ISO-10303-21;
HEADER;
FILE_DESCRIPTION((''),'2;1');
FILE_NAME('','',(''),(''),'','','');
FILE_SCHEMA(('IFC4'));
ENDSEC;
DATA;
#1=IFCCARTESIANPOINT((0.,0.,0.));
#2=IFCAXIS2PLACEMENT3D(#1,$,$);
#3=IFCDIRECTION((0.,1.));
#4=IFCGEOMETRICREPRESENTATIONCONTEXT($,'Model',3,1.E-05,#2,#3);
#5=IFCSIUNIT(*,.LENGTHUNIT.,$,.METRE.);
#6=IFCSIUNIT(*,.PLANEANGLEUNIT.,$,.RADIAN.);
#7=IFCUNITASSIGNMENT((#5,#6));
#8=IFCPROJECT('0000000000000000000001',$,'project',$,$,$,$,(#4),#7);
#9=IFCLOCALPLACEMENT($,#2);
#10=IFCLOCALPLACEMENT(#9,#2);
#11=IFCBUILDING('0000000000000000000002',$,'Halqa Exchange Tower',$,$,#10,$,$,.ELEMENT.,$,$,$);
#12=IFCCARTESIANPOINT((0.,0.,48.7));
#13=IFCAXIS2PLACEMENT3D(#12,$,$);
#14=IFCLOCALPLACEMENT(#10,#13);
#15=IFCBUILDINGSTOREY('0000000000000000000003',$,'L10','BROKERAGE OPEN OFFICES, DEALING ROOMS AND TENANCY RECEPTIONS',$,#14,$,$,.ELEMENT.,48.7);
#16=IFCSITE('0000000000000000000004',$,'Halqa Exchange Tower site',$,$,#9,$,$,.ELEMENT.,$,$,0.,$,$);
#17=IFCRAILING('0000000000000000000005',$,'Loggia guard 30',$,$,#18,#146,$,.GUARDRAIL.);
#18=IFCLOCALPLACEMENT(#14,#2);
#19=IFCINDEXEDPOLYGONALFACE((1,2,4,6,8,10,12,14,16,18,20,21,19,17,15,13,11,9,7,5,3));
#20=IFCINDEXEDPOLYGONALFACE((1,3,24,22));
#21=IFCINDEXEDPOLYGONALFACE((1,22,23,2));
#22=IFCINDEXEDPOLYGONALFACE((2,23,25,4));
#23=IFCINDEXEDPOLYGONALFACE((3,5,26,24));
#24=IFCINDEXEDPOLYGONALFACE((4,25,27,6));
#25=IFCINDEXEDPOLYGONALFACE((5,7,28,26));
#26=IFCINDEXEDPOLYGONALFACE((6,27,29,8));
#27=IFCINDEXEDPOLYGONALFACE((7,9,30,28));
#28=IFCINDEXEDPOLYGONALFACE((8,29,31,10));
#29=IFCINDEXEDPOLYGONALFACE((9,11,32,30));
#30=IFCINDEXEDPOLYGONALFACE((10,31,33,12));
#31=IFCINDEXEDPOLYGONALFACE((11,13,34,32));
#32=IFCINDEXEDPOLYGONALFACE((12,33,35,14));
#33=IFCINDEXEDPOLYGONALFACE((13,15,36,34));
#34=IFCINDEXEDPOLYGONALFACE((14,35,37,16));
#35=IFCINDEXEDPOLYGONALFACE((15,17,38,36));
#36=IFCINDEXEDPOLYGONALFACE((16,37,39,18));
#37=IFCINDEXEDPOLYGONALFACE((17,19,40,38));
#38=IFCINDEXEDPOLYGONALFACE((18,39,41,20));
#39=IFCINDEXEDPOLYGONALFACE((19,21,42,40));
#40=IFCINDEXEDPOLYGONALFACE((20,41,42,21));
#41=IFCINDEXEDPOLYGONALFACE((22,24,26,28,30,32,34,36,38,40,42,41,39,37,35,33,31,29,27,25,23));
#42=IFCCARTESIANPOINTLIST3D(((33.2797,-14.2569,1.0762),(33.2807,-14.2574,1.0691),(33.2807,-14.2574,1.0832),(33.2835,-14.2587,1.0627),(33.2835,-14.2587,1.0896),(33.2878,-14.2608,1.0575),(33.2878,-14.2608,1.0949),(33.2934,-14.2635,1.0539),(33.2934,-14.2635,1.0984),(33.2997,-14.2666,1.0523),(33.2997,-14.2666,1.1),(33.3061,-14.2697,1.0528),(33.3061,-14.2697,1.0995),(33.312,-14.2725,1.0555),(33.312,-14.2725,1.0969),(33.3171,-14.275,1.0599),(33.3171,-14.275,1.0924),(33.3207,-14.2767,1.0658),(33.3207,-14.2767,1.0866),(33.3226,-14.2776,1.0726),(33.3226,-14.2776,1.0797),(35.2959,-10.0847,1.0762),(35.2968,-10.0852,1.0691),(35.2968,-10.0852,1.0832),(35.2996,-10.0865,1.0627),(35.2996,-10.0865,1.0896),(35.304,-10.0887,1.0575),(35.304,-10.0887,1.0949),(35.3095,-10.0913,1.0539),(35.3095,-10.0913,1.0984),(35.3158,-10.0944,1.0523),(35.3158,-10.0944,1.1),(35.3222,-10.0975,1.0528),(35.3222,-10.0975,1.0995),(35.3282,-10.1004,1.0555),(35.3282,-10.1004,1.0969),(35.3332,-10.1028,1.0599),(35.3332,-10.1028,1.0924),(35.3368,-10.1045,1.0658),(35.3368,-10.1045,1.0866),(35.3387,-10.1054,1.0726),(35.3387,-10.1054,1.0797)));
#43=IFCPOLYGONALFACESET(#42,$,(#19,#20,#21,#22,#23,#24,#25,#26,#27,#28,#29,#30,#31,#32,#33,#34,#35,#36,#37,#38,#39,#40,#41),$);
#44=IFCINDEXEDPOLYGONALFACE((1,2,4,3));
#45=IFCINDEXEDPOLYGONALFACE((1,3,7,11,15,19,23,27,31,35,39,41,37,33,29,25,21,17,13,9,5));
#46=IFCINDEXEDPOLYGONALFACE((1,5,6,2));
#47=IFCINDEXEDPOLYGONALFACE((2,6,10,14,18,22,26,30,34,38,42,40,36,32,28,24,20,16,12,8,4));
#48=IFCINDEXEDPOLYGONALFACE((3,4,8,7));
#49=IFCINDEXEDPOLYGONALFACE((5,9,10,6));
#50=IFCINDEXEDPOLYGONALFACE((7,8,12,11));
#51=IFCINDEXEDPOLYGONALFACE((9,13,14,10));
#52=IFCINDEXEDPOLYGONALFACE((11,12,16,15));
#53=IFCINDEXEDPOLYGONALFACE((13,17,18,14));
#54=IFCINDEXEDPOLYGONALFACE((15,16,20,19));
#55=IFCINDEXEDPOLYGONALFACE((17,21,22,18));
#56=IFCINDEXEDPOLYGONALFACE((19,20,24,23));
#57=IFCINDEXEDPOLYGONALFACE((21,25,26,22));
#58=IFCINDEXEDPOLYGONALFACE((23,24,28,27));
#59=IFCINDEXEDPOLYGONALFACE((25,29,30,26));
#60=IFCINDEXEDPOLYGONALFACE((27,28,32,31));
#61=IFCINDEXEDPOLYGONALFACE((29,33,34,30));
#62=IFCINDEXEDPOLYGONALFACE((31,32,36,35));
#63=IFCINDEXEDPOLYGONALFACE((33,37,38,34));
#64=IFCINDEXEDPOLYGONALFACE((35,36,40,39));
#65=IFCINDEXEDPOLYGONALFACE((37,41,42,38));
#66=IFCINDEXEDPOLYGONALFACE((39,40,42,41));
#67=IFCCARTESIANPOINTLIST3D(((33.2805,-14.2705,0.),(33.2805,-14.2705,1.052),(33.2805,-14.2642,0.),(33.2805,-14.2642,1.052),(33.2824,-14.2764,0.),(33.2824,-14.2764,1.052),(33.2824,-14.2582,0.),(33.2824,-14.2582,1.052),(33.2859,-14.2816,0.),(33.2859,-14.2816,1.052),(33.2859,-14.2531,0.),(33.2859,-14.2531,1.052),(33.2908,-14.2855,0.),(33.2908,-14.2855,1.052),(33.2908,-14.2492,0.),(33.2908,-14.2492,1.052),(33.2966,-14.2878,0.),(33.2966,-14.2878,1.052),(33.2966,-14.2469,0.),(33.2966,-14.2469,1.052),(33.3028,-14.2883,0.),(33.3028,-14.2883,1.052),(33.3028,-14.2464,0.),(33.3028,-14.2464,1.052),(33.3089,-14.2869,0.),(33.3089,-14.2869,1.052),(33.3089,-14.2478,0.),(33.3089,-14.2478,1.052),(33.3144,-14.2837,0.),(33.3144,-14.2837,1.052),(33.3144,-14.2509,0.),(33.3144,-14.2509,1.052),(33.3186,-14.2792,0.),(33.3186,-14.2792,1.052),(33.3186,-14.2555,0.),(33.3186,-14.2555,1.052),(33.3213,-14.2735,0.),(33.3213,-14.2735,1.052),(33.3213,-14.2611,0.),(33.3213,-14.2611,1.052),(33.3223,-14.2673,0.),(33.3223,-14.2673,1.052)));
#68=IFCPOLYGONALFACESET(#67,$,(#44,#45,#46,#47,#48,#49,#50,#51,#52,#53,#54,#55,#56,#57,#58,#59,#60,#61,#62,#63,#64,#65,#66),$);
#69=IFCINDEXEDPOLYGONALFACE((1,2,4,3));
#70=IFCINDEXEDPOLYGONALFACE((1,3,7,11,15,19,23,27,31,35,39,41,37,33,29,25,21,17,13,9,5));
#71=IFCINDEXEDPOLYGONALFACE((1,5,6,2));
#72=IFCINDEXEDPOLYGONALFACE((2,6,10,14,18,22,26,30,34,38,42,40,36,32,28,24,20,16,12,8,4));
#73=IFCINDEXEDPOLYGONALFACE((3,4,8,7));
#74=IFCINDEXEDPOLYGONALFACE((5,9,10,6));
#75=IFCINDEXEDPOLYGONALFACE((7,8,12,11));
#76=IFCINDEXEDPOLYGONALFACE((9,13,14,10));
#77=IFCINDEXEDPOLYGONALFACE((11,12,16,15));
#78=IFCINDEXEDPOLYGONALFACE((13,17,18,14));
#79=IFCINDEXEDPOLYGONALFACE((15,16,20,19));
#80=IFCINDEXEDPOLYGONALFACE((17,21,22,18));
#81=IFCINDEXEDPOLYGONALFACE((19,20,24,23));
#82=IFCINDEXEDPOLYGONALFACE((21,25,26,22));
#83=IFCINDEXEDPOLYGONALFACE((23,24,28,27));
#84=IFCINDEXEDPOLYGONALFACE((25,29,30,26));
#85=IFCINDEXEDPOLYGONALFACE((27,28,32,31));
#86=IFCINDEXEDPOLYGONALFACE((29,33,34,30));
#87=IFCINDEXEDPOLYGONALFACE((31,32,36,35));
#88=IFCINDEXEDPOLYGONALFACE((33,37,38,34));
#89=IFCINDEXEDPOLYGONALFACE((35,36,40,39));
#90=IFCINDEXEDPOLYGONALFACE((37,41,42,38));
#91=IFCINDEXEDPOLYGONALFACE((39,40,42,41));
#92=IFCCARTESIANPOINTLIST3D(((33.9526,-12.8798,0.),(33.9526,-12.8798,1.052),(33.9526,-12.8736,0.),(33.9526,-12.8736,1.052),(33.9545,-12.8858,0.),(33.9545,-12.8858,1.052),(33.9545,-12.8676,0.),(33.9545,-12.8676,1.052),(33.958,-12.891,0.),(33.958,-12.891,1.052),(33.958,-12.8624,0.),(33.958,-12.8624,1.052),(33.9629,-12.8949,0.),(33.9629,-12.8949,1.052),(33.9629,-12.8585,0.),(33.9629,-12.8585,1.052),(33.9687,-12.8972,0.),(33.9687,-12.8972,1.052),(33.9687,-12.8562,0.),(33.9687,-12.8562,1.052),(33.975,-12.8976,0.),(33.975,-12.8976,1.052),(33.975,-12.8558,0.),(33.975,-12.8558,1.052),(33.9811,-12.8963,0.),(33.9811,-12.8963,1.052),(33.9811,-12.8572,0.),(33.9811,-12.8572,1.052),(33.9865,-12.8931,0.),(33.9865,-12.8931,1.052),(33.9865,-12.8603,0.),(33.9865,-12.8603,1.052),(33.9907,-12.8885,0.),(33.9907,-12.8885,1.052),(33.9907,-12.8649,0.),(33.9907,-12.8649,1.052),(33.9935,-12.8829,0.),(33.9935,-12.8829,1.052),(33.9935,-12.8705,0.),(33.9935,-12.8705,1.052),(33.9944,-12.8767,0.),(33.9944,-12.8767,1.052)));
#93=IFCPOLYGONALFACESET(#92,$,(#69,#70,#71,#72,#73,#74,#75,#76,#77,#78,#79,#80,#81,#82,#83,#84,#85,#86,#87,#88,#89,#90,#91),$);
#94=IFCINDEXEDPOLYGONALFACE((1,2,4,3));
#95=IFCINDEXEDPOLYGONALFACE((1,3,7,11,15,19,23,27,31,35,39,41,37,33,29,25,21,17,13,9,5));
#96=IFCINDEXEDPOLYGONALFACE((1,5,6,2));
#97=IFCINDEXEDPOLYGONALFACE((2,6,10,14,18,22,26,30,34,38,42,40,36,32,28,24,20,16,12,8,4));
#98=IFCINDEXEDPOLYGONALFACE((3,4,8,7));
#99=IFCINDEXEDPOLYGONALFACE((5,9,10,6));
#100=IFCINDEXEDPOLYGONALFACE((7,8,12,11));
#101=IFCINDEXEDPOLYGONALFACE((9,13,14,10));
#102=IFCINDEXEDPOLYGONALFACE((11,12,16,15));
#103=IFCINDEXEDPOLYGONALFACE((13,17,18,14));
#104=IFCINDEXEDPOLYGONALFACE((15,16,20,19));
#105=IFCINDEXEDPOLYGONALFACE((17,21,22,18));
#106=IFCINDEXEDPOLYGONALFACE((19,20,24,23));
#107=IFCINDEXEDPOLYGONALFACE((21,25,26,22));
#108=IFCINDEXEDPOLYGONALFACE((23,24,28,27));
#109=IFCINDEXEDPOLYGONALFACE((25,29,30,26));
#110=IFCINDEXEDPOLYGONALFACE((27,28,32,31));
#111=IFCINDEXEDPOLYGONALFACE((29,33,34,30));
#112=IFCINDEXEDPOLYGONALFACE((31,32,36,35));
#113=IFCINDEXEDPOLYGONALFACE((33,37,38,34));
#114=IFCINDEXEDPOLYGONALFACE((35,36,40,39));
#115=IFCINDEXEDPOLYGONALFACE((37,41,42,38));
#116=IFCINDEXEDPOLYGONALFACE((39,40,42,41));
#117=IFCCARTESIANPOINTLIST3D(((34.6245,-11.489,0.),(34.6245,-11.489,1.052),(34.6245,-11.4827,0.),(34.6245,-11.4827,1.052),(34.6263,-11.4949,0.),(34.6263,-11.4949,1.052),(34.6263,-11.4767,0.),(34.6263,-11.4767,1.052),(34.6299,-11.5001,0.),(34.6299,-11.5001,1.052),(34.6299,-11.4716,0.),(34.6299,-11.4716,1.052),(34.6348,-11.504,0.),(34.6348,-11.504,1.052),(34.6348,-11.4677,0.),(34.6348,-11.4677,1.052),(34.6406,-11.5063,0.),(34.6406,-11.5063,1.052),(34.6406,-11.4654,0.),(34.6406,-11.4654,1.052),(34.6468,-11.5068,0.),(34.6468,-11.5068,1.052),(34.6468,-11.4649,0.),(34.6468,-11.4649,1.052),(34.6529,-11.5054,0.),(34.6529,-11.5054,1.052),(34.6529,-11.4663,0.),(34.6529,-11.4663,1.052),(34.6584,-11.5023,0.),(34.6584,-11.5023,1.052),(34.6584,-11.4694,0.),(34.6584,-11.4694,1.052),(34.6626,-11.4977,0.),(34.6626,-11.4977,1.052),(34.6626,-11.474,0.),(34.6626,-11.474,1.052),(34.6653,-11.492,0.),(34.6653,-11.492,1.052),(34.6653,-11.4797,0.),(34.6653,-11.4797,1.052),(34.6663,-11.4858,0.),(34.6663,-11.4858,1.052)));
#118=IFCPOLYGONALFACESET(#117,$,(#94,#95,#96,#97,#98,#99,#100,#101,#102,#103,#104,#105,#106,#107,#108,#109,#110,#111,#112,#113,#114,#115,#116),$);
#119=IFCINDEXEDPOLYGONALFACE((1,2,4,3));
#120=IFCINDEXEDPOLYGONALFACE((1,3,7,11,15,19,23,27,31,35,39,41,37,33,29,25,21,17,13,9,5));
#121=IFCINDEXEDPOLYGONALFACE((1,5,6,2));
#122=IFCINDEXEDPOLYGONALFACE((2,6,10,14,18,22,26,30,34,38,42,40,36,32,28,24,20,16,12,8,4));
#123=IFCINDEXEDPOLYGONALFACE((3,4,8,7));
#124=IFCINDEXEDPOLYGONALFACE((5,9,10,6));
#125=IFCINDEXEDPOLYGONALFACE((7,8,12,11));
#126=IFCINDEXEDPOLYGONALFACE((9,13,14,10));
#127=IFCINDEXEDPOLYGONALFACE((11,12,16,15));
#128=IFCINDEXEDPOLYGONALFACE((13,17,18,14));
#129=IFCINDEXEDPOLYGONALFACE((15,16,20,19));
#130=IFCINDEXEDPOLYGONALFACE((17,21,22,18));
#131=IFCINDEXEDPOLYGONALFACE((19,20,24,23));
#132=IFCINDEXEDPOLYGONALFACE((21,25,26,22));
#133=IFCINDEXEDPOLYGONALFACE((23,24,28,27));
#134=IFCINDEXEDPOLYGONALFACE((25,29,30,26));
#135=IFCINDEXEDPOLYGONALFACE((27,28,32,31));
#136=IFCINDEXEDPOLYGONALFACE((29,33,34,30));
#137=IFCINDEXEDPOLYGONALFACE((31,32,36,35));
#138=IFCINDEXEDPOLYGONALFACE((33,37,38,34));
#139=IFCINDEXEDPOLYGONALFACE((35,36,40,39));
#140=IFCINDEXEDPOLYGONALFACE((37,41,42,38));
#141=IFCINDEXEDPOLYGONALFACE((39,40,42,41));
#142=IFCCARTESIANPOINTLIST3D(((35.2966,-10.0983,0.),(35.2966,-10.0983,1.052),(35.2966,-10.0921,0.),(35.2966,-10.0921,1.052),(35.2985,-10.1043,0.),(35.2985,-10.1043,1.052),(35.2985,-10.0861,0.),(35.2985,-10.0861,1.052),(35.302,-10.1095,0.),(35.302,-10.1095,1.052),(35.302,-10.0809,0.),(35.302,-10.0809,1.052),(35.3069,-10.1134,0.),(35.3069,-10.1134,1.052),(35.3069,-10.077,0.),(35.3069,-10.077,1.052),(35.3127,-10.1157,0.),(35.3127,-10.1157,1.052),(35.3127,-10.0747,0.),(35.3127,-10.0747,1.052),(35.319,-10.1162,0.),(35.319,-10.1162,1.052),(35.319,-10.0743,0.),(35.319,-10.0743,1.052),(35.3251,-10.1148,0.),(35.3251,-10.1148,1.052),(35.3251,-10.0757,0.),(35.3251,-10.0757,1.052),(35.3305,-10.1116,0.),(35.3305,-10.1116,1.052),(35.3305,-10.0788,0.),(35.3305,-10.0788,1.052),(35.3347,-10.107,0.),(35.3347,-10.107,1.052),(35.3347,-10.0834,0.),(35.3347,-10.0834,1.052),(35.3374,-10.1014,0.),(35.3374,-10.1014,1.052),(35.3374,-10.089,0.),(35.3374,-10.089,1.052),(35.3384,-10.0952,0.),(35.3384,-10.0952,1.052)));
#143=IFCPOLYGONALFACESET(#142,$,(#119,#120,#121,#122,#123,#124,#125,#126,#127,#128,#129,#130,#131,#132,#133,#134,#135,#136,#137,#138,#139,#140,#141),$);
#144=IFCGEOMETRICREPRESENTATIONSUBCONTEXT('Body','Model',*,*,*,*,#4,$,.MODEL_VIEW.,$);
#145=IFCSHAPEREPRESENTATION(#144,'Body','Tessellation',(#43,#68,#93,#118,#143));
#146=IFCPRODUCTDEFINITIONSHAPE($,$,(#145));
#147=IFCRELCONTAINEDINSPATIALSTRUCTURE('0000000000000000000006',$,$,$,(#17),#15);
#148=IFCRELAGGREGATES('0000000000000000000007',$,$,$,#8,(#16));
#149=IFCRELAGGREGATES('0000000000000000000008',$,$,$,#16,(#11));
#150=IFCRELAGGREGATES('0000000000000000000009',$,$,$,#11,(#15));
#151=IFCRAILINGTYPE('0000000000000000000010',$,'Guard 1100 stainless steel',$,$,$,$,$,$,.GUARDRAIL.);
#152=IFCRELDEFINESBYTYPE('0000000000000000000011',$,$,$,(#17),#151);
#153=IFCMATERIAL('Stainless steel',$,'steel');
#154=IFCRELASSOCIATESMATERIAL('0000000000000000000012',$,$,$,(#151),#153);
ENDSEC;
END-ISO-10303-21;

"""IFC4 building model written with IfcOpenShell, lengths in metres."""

from ifc_helpers import new_model, si_unit, direction, frame, origin, origin_2d, place, context, subcontext, project, spatial, circle, extrude, material, type_object, element, save


model = new_model("IFC4")

# Units and contexts
model_context = context("Model", 3, precision=1e-05, world=origin(), true_north=direction((0.0, 1.0)))
body_context = subcontext(model_context, "Body", "Model", "MODEL_VIEW")
ifc_project = project(units=[si_unit("LENGTHUNIT", "METRE"), si_unit("PLANEANGLEUNIT", "RADIAN")], contexts=[model_context])

# Site, building, storey
site_placement = place(None, origin())
site = spatial("IfcSite", under=ifc_project, at=site_placement, Name="Halqa Exchange Tower site", CompositionType="ELEMENT", RefElevation=0.0)
building_placement = place(site_placement, origin())
building = spatial("IfcBuilding", under=site, at=building_placement, Name="Halqa Exchange Tower", CompositionType="ELEMENT")
storey_placement = place(building_placement, frame((0.0, 0.0, 48.7)))
storey = spatial("IfcBuildingStorey", under=building, at=storey_placement, Name="L10", Description="BROKERAGE OPEN OFFICES, DEALING ROOMS AND TENANCY RECEPTIONS", CompositionType="ELEMENT", Elevation=48.7)

# Railing
ifc_material_1 = material(Name="Stainless steel", Category="steel")
railing_type = type_object("IfcRailingType", Name="Guard 1100 stainless steel", PredefinedType="GUARDRAIL", material=ifc_material_1)
railing_1_placement = place(storey_placement, frame((33.3013, -14.2673, 0.0)))
element("IfcRailing", 1, at=railing_1_placement, inside=storey, type_object=railing_type, Name="Loggia guard 30", PredefinedType="GUARDRAIL", context=body_context, shape_type="SweptSolid", body=[
    extrude(circle(Radius=0.0239, at=origin_2d()), frame((0.0, 0.0, 1.0762), z_axis=(0.435097, 0.900384, 0.0), x_axis=(-0.900384, 0.435097, 0.0)), (0.0, 0.0, 1.0), 4.6338),
    extrude(circle(Radius=0.021, at=origin_2d()), origin(), (0.0, 0.0, 1.0), 1.052),
    extrude(circle(Radius=0.021, at=origin_2d()), frame((0.6721, 1.3906, 0.0)), (0.0, 0.0, 1.0), 1.052),
    extrude(circle(Radius=0.021, at=origin_2d()), frame((1.344, 2.7815, 0.0)), (0.0, 0.0, 1.0), 1.052),
    extrude(circle(Radius=0.021, at=origin_2d()), frame((2.0161, 4.1721, 0.0)), (0.0, 0.0, 1.0), 1.052),
])

save(model, "model.ifc")
